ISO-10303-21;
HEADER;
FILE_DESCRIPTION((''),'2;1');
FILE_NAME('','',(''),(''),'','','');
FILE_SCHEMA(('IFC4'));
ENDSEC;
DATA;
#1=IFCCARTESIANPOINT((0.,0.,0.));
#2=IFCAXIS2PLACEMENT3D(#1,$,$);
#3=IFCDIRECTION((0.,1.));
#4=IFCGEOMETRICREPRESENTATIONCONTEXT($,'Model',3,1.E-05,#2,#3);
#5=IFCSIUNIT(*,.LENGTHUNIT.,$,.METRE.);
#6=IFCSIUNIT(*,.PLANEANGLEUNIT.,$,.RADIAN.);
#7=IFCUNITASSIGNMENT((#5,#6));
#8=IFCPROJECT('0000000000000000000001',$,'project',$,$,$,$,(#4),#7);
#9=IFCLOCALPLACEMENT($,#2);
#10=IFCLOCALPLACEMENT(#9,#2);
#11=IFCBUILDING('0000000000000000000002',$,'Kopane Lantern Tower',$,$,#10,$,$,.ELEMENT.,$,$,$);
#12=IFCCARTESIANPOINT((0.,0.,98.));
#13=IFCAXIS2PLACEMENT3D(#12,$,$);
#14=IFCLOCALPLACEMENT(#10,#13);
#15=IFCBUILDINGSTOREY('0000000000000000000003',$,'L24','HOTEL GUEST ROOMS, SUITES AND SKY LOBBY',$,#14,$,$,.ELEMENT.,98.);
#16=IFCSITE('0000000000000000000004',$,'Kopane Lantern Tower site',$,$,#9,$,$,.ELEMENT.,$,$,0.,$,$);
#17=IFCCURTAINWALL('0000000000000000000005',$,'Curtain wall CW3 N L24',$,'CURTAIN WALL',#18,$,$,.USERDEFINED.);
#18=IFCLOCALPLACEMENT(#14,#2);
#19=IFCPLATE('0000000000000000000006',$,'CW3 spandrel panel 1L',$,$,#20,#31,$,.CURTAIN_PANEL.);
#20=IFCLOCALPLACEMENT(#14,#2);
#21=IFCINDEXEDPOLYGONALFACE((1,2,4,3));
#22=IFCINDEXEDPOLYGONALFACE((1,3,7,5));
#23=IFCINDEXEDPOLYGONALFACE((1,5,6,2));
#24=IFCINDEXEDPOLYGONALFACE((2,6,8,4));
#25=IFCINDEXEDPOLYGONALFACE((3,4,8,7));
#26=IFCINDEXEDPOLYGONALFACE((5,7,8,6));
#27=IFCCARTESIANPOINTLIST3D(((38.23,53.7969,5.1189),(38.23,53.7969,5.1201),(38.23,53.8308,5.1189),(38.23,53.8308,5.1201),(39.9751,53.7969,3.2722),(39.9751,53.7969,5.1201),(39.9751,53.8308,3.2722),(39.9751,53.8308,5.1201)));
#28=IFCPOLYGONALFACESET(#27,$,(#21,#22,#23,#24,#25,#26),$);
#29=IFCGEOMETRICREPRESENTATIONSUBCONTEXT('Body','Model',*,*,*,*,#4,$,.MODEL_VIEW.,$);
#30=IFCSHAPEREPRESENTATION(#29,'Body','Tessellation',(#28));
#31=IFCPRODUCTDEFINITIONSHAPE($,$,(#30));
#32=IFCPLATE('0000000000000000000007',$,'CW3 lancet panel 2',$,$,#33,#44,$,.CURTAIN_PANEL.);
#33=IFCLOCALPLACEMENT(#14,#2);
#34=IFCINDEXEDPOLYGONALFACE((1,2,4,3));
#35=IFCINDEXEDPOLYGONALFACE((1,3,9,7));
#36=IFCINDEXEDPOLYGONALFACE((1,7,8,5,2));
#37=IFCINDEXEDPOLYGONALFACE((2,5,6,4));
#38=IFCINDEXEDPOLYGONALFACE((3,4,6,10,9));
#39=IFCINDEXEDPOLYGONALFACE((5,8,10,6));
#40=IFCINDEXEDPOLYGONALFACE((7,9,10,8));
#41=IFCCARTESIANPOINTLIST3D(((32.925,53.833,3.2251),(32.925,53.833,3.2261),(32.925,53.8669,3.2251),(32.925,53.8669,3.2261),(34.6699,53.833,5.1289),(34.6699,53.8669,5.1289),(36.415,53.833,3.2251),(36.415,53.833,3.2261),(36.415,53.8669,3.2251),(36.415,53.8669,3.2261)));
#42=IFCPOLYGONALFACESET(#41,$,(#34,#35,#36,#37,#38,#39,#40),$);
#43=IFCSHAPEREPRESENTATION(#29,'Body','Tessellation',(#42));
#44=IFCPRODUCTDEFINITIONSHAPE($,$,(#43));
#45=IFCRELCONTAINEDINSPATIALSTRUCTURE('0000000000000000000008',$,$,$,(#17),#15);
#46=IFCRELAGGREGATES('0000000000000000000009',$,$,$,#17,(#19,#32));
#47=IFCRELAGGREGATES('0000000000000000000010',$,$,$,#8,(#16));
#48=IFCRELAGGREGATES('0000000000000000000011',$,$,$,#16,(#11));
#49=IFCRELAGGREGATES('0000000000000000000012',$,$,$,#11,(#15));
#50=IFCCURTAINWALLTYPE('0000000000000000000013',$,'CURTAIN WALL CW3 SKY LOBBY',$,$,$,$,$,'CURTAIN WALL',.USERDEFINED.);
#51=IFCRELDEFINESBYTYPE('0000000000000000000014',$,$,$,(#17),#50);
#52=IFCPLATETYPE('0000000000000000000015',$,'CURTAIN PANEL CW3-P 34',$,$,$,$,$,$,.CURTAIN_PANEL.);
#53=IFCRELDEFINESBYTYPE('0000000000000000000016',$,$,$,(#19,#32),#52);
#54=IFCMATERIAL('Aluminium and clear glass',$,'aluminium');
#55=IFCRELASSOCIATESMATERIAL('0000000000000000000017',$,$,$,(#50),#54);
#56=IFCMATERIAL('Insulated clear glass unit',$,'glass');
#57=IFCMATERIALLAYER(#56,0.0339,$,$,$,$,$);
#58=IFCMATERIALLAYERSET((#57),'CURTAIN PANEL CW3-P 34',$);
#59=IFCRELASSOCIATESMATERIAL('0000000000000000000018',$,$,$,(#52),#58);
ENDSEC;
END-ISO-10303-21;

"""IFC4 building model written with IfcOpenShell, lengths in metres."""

from ifc_helpers import new_model, si_unit, direction, frame, origin, place, context, subcontext, project, spatial, polyline, outline, extrude, material, layer, layer_set, type_object, element, aggregate, save


model = new_model("IFC4")

# Units and contexts
model_context = context("Model", 3, precision=1e-05, world=origin(), true_north=direction((0.0, 1.0)))
body_context = subcontext(model_context, "Body", "Model", "MODEL_VIEW")
ifc_project = project(units=[si_unit("LENGTHUNIT", "METRE"), si_unit("PLANEANGLEUNIT", "RADIAN")], contexts=[model_context])

# Site, building, storey
site_placement = place(None, origin())
site = spatial("IfcSite", under=ifc_project, at=site_placement, Name="Kopane Lantern Tower site", CompositionType="ELEMENT", RefElevation=0.0)
building_placement = place(site_placement, origin())
building = spatial("IfcBuilding", under=site, at=building_placement, Name="Kopane Lantern Tower", CompositionType="ELEMENT")
storey_placement = place(building_placement, frame((0.0, 0.0, 98.0)))
storey = spatial("IfcBuildingStorey", under=building, at=storey_placement, Name="L24", Description="HOTEL GUEST ROOMS, SUITES AND SKY LOBBY", CompositionType="ELEMENT", Elevation=98.0)

# Curtain wall
ifc_material_1 = material(Name="Aluminium and clear glass", Category="aluminium")
curtain_wall_type = type_object("IfcCurtainWallType", Name="CURTAIN WALL CW3 SKY LOBBY", ElementType="CURTAIN WALL", PredefinedType="USERDEFINED", material=ifc_material_1)
curtain_wall_1_placement = place(storey_placement, origin())
curtain_wall_1 = element("IfcCurtainWall", 1, at=curtain_wall_1_placement, inside=storey, type_object=curtain_wall_type, Name="Curtain wall CW3 N L24", ObjectType="CURTAIN WALL", PredefinedType="USERDEFINED")

# Plates
ifc_material_2 = material(Name="Insulated clear glass unit", Category="glass")
ifc_layer = layer(ifc_material_2, 0.0339)
ifc_layer_set = layer_set([ifc_layer], Name="CURTAIN PANEL CW3-P 34")
plate_type = type_object("IfcPlateType", Name="CURTAIN PANEL CW3-P 34", PredefinedType="CURTAIN_PANEL", material=ifc_layer_set)
plate_1_placement = place(storey_placement, frame((39.9751, 53.814, 5.1201), z_axis=(0.0, 0.0, 1.0), x_axis=(-1.0, 0.0, 0.0)))
plate_1 = element("IfcPlate", 2, at=plate_1_placement, type_object=plate_type, Name="CW3 spandrel panel 1L", PredefinedType="CURTAIN_PANEL", context=body_context, shape_type="SweptSolid", body=[
    extrude(outline(polyline([(0.0, 0.0), (1.7451, 0.0), (1.7451, -0.0012), (0.0, -1.8479), (0.0, 0.0)])), frame((0.0, 0.0171, 0.0), z_axis=(0.0, -1.0, 0.0), x_axis=(1.0, 0.0, 0.0)), (0.0, 0.0, 1.0), 0.0339),
])
plate_2_placement = place(storey_placement, frame((36.415, 53.8501, 3.2251), z_axis=(0.0, 0.0, 1.0), x_axis=(-1.0, 0.0, 0.0)))
plate_2 = element("IfcPlate", 3, at=plate_2_placement, type_object=plate_type, Name="CW3 lancet panel 2", PredefinedType="CURTAIN_PANEL", context=body_context, shape_type="SweptSolid", body=[
    extrude(outline(polyline([(0.0, 0.0), (3.49, 0.0), (3.49, 0.001), (1.7451, 1.9038), (0.0, 0.001), (0.0, 0.0)])), frame((0.0, 0.0171, 0.0), z_axis=(0.0, -1.0, 0.0), x_axis=(1.0, 0.0, 0.0)), (0.0, 0.0, 1.0), 0.0339),
])
aggregate(curtain_wall_1, [plate_1, plate_2])

save(model, "model.ifc")
